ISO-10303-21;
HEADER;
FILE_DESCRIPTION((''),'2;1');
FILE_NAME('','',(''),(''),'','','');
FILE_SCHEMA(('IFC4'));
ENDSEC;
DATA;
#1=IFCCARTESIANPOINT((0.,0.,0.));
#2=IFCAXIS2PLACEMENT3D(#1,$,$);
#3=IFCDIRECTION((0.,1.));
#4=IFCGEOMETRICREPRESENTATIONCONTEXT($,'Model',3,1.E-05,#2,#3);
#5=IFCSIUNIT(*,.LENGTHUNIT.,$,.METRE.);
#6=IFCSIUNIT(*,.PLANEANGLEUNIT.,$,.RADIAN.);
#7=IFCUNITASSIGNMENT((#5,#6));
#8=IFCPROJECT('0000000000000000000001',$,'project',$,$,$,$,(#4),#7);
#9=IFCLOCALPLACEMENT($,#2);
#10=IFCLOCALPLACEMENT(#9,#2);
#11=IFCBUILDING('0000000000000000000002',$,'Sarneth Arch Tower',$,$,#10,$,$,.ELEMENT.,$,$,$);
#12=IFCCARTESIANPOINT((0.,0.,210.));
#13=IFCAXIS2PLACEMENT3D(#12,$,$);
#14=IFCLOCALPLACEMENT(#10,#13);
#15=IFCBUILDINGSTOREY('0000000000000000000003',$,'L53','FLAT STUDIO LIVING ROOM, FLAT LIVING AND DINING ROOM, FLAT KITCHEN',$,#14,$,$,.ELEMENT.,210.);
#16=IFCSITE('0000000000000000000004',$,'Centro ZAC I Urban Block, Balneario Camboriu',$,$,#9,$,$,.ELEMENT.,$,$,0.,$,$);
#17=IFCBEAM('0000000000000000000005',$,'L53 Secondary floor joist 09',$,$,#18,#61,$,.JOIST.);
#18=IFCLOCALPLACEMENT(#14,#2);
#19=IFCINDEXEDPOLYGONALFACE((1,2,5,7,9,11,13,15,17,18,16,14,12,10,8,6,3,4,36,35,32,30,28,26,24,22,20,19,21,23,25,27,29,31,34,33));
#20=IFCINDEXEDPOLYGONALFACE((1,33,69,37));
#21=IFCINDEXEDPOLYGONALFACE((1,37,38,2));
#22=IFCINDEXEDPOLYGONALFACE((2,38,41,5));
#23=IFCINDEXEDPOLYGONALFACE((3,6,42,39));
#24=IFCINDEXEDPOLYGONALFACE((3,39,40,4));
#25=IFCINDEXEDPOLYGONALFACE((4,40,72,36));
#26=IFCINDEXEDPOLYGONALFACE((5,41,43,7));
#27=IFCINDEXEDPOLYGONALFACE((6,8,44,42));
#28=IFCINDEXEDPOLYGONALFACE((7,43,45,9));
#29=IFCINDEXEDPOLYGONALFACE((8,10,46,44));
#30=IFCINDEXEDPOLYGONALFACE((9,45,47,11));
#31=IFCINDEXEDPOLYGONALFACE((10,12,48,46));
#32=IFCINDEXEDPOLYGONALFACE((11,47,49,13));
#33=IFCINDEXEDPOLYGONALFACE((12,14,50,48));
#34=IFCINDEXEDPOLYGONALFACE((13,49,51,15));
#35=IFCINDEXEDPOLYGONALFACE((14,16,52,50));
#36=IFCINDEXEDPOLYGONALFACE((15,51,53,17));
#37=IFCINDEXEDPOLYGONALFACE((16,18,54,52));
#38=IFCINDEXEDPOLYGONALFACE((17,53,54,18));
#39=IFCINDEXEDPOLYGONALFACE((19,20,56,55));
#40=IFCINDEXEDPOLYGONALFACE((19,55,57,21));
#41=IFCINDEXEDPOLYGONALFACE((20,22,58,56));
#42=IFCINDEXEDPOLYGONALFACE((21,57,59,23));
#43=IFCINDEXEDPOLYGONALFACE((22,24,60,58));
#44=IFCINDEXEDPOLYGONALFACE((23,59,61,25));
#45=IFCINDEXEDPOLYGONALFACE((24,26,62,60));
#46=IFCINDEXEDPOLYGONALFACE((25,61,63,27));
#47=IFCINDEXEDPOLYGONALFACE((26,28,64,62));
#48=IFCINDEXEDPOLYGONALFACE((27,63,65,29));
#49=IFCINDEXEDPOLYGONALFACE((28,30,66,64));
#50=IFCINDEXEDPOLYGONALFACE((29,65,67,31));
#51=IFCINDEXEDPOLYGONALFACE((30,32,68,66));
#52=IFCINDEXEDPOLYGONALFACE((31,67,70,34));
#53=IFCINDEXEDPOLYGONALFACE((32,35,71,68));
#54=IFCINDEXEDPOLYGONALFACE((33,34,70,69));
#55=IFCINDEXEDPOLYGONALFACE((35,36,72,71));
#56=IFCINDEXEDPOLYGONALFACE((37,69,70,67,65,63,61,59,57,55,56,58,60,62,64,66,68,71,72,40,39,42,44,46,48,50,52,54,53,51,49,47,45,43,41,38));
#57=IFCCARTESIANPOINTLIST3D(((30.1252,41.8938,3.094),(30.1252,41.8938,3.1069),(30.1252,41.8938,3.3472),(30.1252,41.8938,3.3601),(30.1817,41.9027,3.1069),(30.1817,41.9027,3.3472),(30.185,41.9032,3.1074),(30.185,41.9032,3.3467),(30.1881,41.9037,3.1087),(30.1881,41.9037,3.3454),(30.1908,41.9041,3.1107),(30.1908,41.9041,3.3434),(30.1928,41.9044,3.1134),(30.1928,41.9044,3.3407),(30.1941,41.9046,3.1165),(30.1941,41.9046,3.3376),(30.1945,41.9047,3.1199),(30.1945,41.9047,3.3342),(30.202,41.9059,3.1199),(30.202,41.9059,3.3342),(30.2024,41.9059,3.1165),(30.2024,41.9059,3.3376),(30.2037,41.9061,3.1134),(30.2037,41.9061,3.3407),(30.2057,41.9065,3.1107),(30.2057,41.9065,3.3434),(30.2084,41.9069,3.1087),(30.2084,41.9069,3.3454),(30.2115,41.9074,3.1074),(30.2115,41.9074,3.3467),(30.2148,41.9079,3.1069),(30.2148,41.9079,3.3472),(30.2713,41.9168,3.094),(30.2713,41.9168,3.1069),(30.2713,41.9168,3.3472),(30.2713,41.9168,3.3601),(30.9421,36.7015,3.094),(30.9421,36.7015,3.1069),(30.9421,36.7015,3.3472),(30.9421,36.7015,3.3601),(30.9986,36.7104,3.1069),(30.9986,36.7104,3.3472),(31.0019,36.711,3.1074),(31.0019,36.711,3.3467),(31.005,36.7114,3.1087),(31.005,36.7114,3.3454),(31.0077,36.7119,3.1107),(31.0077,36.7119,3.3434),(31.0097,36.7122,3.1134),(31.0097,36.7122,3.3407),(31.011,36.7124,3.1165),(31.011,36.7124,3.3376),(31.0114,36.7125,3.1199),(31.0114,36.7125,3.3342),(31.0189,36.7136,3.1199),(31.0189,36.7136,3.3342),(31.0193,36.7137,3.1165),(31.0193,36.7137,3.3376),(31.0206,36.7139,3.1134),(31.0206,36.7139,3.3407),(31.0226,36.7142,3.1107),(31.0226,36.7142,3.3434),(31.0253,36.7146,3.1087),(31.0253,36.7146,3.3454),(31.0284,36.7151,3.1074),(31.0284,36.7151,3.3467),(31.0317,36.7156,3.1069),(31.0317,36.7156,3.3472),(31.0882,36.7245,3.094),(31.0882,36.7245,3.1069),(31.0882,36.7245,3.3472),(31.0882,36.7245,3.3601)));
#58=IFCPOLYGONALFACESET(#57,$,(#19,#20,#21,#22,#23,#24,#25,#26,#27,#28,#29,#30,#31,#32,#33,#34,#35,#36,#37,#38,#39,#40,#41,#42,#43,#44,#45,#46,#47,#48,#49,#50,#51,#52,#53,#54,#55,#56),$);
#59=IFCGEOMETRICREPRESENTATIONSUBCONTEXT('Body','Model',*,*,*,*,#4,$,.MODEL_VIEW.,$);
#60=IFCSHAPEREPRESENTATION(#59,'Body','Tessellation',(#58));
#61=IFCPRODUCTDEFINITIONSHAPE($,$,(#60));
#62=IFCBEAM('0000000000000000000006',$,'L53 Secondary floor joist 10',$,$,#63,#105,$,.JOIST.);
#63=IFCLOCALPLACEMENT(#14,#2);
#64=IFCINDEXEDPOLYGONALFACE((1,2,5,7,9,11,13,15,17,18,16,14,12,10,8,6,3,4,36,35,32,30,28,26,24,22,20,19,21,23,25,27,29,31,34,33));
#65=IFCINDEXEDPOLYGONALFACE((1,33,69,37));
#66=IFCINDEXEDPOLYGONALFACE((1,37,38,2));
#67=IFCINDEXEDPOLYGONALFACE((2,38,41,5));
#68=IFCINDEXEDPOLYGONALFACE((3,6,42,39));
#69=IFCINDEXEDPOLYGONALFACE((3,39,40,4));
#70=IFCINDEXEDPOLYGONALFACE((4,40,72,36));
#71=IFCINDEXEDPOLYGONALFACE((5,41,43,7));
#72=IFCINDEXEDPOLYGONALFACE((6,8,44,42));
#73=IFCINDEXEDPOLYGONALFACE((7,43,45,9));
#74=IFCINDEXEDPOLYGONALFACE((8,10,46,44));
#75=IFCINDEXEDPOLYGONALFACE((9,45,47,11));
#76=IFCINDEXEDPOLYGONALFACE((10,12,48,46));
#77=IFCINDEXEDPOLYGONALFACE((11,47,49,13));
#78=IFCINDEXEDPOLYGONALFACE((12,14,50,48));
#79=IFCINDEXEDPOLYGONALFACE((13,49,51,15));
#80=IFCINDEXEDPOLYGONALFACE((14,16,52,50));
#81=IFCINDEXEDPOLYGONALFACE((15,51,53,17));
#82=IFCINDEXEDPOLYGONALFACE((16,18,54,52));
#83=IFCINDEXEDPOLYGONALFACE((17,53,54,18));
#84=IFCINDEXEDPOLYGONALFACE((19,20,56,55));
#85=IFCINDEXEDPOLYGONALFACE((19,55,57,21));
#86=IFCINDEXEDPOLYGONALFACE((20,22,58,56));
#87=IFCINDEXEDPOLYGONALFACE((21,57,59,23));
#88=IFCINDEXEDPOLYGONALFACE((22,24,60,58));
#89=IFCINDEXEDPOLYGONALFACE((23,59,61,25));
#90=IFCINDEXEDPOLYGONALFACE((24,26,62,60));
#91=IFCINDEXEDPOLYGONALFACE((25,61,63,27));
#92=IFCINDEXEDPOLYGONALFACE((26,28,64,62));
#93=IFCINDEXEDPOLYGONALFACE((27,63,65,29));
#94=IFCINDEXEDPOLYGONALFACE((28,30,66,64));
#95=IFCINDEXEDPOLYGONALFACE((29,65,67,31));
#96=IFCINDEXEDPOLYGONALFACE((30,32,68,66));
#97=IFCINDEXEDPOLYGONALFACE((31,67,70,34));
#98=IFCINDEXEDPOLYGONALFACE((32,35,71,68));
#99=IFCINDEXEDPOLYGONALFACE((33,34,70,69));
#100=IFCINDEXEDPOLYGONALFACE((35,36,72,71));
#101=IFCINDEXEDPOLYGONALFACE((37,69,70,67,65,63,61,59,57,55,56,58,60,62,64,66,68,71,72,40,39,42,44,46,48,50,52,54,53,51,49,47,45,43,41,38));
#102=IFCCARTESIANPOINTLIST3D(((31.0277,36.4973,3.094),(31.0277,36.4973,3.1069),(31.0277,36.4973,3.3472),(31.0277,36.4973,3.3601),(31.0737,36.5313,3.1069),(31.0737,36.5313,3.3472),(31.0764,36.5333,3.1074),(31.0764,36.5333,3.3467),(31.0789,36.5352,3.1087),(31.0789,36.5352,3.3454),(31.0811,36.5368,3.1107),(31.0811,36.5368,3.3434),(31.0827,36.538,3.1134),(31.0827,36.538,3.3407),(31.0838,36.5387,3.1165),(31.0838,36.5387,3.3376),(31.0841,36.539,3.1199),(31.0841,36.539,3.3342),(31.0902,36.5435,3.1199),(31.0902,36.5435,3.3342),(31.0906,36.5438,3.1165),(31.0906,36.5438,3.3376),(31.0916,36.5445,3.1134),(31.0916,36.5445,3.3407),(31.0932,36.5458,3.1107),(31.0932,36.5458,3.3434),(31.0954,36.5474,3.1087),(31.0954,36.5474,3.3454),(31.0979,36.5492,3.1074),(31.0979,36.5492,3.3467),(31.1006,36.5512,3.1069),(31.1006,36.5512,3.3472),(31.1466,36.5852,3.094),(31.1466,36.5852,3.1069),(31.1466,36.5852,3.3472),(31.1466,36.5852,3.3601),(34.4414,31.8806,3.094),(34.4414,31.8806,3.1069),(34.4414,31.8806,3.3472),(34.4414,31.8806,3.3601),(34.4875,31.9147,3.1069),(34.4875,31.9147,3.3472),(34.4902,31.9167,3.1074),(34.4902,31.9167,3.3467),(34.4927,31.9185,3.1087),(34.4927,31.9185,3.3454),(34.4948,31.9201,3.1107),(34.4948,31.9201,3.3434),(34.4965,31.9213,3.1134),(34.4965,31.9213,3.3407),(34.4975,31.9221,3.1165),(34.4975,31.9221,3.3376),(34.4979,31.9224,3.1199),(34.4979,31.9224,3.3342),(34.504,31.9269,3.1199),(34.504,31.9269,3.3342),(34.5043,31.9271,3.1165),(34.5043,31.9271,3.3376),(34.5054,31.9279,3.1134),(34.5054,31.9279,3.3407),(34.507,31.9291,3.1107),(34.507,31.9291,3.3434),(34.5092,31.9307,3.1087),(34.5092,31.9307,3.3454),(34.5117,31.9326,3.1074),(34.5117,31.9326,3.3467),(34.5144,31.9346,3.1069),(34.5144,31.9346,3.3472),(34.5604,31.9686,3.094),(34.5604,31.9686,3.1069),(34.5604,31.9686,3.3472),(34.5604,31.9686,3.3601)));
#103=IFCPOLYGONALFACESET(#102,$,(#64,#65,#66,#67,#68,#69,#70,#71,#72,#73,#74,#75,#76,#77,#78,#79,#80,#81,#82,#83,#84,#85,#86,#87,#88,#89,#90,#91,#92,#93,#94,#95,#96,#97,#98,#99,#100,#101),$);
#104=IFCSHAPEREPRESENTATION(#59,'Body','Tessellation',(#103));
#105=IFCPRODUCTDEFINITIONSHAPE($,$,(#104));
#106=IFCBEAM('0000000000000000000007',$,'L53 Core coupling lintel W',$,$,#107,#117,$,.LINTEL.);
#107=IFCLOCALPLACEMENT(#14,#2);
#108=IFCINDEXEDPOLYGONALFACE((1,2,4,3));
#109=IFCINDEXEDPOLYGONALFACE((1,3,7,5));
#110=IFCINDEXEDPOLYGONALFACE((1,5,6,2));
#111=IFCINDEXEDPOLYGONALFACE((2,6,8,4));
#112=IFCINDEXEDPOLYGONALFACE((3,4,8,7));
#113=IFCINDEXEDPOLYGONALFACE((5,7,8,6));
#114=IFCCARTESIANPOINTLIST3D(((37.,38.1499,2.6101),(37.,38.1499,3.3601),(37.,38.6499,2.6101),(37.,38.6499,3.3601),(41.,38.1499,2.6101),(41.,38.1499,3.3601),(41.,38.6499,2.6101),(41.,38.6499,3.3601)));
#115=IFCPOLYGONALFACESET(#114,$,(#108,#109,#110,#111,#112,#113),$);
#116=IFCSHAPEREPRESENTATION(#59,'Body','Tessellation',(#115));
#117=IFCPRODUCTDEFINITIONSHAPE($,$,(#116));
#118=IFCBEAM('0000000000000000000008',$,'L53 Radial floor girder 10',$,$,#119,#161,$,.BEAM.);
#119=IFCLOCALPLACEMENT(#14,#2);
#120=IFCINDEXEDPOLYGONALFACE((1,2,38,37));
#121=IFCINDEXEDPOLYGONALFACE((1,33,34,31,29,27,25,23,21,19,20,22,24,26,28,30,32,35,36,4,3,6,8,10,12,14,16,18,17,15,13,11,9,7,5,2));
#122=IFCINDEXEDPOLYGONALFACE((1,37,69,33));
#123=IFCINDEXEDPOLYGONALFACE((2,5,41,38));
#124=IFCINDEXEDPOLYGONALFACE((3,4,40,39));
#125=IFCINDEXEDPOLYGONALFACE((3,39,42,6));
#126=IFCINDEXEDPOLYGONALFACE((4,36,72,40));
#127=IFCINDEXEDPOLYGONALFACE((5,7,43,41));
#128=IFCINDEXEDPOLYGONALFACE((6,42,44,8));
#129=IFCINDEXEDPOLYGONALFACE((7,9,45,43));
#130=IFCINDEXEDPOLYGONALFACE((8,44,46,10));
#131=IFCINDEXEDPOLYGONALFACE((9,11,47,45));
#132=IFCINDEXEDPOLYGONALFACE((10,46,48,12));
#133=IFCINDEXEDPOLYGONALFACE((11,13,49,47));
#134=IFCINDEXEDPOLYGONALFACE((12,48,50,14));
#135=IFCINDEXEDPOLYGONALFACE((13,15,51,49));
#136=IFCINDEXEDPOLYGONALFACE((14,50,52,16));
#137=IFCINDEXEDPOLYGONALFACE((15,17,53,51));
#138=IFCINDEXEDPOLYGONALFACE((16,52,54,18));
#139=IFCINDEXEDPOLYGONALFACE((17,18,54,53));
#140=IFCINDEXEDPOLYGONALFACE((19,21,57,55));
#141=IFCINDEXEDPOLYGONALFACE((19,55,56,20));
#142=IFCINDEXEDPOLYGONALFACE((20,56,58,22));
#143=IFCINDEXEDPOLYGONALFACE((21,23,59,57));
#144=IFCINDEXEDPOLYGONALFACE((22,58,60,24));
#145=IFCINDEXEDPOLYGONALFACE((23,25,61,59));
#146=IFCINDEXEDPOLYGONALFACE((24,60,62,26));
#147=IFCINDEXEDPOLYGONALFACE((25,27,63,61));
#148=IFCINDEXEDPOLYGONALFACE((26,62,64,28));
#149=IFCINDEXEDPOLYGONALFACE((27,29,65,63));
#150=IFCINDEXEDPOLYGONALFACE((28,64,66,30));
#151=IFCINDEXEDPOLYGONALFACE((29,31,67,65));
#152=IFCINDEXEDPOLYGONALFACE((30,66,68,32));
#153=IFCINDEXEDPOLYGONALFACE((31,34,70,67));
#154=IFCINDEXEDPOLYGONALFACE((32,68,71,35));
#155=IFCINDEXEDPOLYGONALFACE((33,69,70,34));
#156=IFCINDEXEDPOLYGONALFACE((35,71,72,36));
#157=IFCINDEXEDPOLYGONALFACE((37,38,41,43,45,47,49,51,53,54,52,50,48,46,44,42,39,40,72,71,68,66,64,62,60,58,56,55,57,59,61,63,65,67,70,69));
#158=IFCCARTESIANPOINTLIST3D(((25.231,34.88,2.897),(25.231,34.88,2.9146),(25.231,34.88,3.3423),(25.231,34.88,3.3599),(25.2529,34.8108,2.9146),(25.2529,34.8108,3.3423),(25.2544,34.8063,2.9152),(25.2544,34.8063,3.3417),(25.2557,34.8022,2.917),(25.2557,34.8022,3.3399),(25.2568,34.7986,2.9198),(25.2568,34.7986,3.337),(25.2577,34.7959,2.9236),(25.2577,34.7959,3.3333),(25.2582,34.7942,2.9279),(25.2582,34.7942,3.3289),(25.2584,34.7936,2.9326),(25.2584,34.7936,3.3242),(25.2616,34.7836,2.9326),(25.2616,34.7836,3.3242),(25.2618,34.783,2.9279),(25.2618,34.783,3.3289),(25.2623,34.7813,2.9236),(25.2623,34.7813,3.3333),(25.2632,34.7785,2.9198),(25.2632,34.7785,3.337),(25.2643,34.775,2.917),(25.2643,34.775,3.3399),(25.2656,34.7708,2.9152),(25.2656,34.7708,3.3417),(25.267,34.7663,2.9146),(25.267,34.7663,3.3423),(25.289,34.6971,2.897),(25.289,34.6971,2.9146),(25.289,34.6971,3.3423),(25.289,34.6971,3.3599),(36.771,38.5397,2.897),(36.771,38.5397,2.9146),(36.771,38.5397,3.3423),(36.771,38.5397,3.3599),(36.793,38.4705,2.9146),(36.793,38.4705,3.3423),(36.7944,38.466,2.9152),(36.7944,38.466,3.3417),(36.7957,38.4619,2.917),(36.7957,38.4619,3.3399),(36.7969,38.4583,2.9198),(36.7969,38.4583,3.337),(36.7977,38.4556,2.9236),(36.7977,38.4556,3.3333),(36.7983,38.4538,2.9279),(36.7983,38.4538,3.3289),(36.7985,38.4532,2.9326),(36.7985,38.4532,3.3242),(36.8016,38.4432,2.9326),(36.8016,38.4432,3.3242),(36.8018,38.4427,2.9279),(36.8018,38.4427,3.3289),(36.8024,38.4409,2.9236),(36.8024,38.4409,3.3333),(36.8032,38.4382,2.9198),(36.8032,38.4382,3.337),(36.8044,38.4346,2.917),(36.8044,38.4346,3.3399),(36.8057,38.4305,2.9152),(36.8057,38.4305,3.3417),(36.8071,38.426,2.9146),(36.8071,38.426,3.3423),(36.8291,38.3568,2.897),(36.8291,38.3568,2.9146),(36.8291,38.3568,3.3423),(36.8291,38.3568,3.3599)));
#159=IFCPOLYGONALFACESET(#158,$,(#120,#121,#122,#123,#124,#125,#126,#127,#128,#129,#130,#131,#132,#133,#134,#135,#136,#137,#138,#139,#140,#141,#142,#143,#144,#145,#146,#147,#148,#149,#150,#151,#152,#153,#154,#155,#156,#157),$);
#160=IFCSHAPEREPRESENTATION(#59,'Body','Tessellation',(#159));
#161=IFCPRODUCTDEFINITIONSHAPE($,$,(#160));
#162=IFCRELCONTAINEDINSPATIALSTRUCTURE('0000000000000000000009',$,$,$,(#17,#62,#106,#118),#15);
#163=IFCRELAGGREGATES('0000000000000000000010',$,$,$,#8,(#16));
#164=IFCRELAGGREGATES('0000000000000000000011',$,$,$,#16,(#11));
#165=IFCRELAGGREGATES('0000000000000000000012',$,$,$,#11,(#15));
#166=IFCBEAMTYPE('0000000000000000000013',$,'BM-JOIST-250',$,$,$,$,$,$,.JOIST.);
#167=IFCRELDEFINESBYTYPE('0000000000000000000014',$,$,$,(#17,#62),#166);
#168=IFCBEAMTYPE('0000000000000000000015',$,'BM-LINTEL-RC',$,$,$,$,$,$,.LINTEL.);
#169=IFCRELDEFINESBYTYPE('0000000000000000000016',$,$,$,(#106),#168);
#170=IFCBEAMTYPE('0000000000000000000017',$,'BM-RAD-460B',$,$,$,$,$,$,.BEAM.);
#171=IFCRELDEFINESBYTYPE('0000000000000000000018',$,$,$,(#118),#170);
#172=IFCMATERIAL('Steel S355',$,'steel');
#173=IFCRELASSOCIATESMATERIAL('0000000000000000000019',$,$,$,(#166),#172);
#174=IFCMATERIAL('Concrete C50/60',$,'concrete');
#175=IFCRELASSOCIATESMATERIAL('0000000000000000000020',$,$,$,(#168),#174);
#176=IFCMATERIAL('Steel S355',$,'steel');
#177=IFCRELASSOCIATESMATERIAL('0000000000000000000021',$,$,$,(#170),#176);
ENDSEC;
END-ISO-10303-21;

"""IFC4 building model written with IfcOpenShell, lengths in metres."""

from ifc_helpers import new_model, si_unit, direction, frame, origin, origin_2d, place, context, subcontext, project, spatial, rectangle, i_section, extrude, material, material_profile, profile_set, type_object, element, save


model = new_model("IFC4")

# Units and contexts
model_context = context("Model", 3, precision=1e-05, world=origin(), true_north=direction((0.0, 1.0)))
body_context = subcontext(model_context, "Body", "Model", "MODEL_VIEW")
ifc_project = project(units=[si_unit("LENGTHUNIT", "METRE"), si_unit("PLANEANGLEUNIT", "RADIAN")], contexts=[model_context])

# Site, building, storey
site_placement = place(None, origin())
site = spatial("IfcSite", under=ifc_project, at=site_placement, Name="Centro ZAC I Urban Block, Balneario Camboriu", CompositionType="ELEMENT", RefElevation=0.0)
building_placement = place(site_placement, origin())
building = spatial("IfcBuilding", under=site, at=building_placement, Name="Sarneth Arch Tower", CompositionType="ELEMENT")
storey_placement = place(building_placement, frame((0.0, 0.0, 210.0)))
storey = spatial("IfcBuildingStorey", under=building, at=storey_placement, Name="L53", Description="FLAT STUDIO LIVING ROOM, FLAT LIVING AND DINING ROOM, FLAT KITCHEN", CompositionType="ELEMENT", Elevation=210.0)

# Beams
ifc_material_1 = material(Name="Steel S355", Category="steel")
ifc_material_profile_1 = material_profile(ifc_material_1, i_section(OverallWidth=0.1479, OverallDepth=0.2661, WebThickness=0.0076, FlangeThickness=0.0129, FilletRadius=0.0129, at=origin_2d()), Name="W250x44.8")
ifc_profile_set_1 = profile_set([ifc_material_profile_1], Name="Steel S355")
beam_type_1 = type_object("IfcBeamType", Name="BM-JOIST-250", PredefinedType="JOIST", material=ifc_profile_set_1)
beam_1_placement = place(storey_placement, frame((30.1982, 41.9053, 3.2271), z_axis=(0.155421, -0.987848, 0.0), x_axis=(0.987848, 0.155421, 0.0)))
element("IfcBeam", 1, at=beam_1_placement, inside=storey, type_object=beam_type_1, Name="L53 Secondary floor joist 09", PredefinedType="JOIST", context=body_context, shape_type="SweptSolid", body=[
    extrude(i_section(OverallWidth=0.1479, OverallDepth=0.2661, WebThickness=0.0076, FlangeThickness=0.0129, FilletRadius=0.0129, at=origin_2d()), origin(), (0.0, 0.0, 1.0), 5.2561),
])
beam_2_placement = place(storey_placement, frame((31.0872, 36.5413, 3.2271), z_axis=(0.594557, -0.804053, 0.0), x_axis=(0.804053, 0.594557, 0.0)))
element("IfcBeam", 2, at=beam_2_placement, inside=storey, type_object=beam_type_1, Name="L53 Secondary floor joist 10", PredefinedType="JOIST", context=body_context, shape_type="SweptSolid", body=[
    extrude(i_section(OverallWidth=0.1479, OverallDepth=0.2661, WebThickness=0.0076, FlangeThickness=0.0129, FilletRadius=0.0129, at=origin_2d()), origin(), (0.0, 0.0, 1.0), 5.7417),
])
ifc_material_2 = material(Name="Concrete C50/60", Category="concrete")
ifc_material_profile_2 = material_profile(ifc_material_2, rectangle(XDim=0.5, YDim=0.75, at=origin_2d()), Name="RC-500x750")
ifc_profile_set_2 = profile_set([ifc_material_profile_2], Name="Concrete C50/60")
beam_type_2 = type_object("IfcBeamType", Name="BM-LINTEL-RC", PredefinedType="LINTEL", material=ifc_profile_set_2)
beam_3_placement = place(storey_placement, frame((37.0, 38.3999, 2.9851), z_axis=(1.0, 0.0, 0.0), x_axis=(0.0, 1.0, 0.0)))
element("IfcBeam", 3, at=beam_3_placement, inside=storey, type_object=beam_type_2, Name="L53 Core coupling lintel W", PredefinedType="LINTEL", context=body_context, shape_type="SweptSolid", body=[
    extrude(rectangle(XDim=0.5, YDim=0.75, at=origin_2d()), origin(), (0.0, 0.0, 1.0), 4.0),
])
ifc_material_3 = material(Name="Steel S355", Category="steel")
ifc_material_profile_3 = material_profile(ifc_material_3, i_section(OverallWidth=0.1919, OverallDepth=0.4629, WebThickness=0.0105, FlangeThickness=0.0176, FilletRadius=0.0181, at=origin_2d()), Name="W460x89")
ifc_profile_set_3 = profile_set([ifc_material_profile_3], Name="Steel S355")
beam_type_3 = type_object("IfcBeamType", Name="BM-RAD-460B", PredefinedType="BEAM", material=ifc_profile_set_3)
beam_4_placement = place(storey_placement, frame((36.8, 38.4482, 3.1284), z_axis=(-0.953216, -0.302291, 0.0), x_axis=(0.302291, -0.953216, 0.0)))
element("IfcBeam", 4, at=beam_4_placement, inside=storey, type_object=beam_type_3, Name="L53 Radial floor girder 10", PredefinedType="BEAM", context=body_context, shape_type="SweptSolid", body=[
    extrude(i_section(OverallWidth=0.1919, OverallDepth=0.4629, WebThickness=0.0105, FlangeThickness=0.0176, FilletRadius=0.0181, at=origin_2d()), origin(), (0.0, 0.0, 1.0), 12.1064),
])

save(model, "model.ifc")
